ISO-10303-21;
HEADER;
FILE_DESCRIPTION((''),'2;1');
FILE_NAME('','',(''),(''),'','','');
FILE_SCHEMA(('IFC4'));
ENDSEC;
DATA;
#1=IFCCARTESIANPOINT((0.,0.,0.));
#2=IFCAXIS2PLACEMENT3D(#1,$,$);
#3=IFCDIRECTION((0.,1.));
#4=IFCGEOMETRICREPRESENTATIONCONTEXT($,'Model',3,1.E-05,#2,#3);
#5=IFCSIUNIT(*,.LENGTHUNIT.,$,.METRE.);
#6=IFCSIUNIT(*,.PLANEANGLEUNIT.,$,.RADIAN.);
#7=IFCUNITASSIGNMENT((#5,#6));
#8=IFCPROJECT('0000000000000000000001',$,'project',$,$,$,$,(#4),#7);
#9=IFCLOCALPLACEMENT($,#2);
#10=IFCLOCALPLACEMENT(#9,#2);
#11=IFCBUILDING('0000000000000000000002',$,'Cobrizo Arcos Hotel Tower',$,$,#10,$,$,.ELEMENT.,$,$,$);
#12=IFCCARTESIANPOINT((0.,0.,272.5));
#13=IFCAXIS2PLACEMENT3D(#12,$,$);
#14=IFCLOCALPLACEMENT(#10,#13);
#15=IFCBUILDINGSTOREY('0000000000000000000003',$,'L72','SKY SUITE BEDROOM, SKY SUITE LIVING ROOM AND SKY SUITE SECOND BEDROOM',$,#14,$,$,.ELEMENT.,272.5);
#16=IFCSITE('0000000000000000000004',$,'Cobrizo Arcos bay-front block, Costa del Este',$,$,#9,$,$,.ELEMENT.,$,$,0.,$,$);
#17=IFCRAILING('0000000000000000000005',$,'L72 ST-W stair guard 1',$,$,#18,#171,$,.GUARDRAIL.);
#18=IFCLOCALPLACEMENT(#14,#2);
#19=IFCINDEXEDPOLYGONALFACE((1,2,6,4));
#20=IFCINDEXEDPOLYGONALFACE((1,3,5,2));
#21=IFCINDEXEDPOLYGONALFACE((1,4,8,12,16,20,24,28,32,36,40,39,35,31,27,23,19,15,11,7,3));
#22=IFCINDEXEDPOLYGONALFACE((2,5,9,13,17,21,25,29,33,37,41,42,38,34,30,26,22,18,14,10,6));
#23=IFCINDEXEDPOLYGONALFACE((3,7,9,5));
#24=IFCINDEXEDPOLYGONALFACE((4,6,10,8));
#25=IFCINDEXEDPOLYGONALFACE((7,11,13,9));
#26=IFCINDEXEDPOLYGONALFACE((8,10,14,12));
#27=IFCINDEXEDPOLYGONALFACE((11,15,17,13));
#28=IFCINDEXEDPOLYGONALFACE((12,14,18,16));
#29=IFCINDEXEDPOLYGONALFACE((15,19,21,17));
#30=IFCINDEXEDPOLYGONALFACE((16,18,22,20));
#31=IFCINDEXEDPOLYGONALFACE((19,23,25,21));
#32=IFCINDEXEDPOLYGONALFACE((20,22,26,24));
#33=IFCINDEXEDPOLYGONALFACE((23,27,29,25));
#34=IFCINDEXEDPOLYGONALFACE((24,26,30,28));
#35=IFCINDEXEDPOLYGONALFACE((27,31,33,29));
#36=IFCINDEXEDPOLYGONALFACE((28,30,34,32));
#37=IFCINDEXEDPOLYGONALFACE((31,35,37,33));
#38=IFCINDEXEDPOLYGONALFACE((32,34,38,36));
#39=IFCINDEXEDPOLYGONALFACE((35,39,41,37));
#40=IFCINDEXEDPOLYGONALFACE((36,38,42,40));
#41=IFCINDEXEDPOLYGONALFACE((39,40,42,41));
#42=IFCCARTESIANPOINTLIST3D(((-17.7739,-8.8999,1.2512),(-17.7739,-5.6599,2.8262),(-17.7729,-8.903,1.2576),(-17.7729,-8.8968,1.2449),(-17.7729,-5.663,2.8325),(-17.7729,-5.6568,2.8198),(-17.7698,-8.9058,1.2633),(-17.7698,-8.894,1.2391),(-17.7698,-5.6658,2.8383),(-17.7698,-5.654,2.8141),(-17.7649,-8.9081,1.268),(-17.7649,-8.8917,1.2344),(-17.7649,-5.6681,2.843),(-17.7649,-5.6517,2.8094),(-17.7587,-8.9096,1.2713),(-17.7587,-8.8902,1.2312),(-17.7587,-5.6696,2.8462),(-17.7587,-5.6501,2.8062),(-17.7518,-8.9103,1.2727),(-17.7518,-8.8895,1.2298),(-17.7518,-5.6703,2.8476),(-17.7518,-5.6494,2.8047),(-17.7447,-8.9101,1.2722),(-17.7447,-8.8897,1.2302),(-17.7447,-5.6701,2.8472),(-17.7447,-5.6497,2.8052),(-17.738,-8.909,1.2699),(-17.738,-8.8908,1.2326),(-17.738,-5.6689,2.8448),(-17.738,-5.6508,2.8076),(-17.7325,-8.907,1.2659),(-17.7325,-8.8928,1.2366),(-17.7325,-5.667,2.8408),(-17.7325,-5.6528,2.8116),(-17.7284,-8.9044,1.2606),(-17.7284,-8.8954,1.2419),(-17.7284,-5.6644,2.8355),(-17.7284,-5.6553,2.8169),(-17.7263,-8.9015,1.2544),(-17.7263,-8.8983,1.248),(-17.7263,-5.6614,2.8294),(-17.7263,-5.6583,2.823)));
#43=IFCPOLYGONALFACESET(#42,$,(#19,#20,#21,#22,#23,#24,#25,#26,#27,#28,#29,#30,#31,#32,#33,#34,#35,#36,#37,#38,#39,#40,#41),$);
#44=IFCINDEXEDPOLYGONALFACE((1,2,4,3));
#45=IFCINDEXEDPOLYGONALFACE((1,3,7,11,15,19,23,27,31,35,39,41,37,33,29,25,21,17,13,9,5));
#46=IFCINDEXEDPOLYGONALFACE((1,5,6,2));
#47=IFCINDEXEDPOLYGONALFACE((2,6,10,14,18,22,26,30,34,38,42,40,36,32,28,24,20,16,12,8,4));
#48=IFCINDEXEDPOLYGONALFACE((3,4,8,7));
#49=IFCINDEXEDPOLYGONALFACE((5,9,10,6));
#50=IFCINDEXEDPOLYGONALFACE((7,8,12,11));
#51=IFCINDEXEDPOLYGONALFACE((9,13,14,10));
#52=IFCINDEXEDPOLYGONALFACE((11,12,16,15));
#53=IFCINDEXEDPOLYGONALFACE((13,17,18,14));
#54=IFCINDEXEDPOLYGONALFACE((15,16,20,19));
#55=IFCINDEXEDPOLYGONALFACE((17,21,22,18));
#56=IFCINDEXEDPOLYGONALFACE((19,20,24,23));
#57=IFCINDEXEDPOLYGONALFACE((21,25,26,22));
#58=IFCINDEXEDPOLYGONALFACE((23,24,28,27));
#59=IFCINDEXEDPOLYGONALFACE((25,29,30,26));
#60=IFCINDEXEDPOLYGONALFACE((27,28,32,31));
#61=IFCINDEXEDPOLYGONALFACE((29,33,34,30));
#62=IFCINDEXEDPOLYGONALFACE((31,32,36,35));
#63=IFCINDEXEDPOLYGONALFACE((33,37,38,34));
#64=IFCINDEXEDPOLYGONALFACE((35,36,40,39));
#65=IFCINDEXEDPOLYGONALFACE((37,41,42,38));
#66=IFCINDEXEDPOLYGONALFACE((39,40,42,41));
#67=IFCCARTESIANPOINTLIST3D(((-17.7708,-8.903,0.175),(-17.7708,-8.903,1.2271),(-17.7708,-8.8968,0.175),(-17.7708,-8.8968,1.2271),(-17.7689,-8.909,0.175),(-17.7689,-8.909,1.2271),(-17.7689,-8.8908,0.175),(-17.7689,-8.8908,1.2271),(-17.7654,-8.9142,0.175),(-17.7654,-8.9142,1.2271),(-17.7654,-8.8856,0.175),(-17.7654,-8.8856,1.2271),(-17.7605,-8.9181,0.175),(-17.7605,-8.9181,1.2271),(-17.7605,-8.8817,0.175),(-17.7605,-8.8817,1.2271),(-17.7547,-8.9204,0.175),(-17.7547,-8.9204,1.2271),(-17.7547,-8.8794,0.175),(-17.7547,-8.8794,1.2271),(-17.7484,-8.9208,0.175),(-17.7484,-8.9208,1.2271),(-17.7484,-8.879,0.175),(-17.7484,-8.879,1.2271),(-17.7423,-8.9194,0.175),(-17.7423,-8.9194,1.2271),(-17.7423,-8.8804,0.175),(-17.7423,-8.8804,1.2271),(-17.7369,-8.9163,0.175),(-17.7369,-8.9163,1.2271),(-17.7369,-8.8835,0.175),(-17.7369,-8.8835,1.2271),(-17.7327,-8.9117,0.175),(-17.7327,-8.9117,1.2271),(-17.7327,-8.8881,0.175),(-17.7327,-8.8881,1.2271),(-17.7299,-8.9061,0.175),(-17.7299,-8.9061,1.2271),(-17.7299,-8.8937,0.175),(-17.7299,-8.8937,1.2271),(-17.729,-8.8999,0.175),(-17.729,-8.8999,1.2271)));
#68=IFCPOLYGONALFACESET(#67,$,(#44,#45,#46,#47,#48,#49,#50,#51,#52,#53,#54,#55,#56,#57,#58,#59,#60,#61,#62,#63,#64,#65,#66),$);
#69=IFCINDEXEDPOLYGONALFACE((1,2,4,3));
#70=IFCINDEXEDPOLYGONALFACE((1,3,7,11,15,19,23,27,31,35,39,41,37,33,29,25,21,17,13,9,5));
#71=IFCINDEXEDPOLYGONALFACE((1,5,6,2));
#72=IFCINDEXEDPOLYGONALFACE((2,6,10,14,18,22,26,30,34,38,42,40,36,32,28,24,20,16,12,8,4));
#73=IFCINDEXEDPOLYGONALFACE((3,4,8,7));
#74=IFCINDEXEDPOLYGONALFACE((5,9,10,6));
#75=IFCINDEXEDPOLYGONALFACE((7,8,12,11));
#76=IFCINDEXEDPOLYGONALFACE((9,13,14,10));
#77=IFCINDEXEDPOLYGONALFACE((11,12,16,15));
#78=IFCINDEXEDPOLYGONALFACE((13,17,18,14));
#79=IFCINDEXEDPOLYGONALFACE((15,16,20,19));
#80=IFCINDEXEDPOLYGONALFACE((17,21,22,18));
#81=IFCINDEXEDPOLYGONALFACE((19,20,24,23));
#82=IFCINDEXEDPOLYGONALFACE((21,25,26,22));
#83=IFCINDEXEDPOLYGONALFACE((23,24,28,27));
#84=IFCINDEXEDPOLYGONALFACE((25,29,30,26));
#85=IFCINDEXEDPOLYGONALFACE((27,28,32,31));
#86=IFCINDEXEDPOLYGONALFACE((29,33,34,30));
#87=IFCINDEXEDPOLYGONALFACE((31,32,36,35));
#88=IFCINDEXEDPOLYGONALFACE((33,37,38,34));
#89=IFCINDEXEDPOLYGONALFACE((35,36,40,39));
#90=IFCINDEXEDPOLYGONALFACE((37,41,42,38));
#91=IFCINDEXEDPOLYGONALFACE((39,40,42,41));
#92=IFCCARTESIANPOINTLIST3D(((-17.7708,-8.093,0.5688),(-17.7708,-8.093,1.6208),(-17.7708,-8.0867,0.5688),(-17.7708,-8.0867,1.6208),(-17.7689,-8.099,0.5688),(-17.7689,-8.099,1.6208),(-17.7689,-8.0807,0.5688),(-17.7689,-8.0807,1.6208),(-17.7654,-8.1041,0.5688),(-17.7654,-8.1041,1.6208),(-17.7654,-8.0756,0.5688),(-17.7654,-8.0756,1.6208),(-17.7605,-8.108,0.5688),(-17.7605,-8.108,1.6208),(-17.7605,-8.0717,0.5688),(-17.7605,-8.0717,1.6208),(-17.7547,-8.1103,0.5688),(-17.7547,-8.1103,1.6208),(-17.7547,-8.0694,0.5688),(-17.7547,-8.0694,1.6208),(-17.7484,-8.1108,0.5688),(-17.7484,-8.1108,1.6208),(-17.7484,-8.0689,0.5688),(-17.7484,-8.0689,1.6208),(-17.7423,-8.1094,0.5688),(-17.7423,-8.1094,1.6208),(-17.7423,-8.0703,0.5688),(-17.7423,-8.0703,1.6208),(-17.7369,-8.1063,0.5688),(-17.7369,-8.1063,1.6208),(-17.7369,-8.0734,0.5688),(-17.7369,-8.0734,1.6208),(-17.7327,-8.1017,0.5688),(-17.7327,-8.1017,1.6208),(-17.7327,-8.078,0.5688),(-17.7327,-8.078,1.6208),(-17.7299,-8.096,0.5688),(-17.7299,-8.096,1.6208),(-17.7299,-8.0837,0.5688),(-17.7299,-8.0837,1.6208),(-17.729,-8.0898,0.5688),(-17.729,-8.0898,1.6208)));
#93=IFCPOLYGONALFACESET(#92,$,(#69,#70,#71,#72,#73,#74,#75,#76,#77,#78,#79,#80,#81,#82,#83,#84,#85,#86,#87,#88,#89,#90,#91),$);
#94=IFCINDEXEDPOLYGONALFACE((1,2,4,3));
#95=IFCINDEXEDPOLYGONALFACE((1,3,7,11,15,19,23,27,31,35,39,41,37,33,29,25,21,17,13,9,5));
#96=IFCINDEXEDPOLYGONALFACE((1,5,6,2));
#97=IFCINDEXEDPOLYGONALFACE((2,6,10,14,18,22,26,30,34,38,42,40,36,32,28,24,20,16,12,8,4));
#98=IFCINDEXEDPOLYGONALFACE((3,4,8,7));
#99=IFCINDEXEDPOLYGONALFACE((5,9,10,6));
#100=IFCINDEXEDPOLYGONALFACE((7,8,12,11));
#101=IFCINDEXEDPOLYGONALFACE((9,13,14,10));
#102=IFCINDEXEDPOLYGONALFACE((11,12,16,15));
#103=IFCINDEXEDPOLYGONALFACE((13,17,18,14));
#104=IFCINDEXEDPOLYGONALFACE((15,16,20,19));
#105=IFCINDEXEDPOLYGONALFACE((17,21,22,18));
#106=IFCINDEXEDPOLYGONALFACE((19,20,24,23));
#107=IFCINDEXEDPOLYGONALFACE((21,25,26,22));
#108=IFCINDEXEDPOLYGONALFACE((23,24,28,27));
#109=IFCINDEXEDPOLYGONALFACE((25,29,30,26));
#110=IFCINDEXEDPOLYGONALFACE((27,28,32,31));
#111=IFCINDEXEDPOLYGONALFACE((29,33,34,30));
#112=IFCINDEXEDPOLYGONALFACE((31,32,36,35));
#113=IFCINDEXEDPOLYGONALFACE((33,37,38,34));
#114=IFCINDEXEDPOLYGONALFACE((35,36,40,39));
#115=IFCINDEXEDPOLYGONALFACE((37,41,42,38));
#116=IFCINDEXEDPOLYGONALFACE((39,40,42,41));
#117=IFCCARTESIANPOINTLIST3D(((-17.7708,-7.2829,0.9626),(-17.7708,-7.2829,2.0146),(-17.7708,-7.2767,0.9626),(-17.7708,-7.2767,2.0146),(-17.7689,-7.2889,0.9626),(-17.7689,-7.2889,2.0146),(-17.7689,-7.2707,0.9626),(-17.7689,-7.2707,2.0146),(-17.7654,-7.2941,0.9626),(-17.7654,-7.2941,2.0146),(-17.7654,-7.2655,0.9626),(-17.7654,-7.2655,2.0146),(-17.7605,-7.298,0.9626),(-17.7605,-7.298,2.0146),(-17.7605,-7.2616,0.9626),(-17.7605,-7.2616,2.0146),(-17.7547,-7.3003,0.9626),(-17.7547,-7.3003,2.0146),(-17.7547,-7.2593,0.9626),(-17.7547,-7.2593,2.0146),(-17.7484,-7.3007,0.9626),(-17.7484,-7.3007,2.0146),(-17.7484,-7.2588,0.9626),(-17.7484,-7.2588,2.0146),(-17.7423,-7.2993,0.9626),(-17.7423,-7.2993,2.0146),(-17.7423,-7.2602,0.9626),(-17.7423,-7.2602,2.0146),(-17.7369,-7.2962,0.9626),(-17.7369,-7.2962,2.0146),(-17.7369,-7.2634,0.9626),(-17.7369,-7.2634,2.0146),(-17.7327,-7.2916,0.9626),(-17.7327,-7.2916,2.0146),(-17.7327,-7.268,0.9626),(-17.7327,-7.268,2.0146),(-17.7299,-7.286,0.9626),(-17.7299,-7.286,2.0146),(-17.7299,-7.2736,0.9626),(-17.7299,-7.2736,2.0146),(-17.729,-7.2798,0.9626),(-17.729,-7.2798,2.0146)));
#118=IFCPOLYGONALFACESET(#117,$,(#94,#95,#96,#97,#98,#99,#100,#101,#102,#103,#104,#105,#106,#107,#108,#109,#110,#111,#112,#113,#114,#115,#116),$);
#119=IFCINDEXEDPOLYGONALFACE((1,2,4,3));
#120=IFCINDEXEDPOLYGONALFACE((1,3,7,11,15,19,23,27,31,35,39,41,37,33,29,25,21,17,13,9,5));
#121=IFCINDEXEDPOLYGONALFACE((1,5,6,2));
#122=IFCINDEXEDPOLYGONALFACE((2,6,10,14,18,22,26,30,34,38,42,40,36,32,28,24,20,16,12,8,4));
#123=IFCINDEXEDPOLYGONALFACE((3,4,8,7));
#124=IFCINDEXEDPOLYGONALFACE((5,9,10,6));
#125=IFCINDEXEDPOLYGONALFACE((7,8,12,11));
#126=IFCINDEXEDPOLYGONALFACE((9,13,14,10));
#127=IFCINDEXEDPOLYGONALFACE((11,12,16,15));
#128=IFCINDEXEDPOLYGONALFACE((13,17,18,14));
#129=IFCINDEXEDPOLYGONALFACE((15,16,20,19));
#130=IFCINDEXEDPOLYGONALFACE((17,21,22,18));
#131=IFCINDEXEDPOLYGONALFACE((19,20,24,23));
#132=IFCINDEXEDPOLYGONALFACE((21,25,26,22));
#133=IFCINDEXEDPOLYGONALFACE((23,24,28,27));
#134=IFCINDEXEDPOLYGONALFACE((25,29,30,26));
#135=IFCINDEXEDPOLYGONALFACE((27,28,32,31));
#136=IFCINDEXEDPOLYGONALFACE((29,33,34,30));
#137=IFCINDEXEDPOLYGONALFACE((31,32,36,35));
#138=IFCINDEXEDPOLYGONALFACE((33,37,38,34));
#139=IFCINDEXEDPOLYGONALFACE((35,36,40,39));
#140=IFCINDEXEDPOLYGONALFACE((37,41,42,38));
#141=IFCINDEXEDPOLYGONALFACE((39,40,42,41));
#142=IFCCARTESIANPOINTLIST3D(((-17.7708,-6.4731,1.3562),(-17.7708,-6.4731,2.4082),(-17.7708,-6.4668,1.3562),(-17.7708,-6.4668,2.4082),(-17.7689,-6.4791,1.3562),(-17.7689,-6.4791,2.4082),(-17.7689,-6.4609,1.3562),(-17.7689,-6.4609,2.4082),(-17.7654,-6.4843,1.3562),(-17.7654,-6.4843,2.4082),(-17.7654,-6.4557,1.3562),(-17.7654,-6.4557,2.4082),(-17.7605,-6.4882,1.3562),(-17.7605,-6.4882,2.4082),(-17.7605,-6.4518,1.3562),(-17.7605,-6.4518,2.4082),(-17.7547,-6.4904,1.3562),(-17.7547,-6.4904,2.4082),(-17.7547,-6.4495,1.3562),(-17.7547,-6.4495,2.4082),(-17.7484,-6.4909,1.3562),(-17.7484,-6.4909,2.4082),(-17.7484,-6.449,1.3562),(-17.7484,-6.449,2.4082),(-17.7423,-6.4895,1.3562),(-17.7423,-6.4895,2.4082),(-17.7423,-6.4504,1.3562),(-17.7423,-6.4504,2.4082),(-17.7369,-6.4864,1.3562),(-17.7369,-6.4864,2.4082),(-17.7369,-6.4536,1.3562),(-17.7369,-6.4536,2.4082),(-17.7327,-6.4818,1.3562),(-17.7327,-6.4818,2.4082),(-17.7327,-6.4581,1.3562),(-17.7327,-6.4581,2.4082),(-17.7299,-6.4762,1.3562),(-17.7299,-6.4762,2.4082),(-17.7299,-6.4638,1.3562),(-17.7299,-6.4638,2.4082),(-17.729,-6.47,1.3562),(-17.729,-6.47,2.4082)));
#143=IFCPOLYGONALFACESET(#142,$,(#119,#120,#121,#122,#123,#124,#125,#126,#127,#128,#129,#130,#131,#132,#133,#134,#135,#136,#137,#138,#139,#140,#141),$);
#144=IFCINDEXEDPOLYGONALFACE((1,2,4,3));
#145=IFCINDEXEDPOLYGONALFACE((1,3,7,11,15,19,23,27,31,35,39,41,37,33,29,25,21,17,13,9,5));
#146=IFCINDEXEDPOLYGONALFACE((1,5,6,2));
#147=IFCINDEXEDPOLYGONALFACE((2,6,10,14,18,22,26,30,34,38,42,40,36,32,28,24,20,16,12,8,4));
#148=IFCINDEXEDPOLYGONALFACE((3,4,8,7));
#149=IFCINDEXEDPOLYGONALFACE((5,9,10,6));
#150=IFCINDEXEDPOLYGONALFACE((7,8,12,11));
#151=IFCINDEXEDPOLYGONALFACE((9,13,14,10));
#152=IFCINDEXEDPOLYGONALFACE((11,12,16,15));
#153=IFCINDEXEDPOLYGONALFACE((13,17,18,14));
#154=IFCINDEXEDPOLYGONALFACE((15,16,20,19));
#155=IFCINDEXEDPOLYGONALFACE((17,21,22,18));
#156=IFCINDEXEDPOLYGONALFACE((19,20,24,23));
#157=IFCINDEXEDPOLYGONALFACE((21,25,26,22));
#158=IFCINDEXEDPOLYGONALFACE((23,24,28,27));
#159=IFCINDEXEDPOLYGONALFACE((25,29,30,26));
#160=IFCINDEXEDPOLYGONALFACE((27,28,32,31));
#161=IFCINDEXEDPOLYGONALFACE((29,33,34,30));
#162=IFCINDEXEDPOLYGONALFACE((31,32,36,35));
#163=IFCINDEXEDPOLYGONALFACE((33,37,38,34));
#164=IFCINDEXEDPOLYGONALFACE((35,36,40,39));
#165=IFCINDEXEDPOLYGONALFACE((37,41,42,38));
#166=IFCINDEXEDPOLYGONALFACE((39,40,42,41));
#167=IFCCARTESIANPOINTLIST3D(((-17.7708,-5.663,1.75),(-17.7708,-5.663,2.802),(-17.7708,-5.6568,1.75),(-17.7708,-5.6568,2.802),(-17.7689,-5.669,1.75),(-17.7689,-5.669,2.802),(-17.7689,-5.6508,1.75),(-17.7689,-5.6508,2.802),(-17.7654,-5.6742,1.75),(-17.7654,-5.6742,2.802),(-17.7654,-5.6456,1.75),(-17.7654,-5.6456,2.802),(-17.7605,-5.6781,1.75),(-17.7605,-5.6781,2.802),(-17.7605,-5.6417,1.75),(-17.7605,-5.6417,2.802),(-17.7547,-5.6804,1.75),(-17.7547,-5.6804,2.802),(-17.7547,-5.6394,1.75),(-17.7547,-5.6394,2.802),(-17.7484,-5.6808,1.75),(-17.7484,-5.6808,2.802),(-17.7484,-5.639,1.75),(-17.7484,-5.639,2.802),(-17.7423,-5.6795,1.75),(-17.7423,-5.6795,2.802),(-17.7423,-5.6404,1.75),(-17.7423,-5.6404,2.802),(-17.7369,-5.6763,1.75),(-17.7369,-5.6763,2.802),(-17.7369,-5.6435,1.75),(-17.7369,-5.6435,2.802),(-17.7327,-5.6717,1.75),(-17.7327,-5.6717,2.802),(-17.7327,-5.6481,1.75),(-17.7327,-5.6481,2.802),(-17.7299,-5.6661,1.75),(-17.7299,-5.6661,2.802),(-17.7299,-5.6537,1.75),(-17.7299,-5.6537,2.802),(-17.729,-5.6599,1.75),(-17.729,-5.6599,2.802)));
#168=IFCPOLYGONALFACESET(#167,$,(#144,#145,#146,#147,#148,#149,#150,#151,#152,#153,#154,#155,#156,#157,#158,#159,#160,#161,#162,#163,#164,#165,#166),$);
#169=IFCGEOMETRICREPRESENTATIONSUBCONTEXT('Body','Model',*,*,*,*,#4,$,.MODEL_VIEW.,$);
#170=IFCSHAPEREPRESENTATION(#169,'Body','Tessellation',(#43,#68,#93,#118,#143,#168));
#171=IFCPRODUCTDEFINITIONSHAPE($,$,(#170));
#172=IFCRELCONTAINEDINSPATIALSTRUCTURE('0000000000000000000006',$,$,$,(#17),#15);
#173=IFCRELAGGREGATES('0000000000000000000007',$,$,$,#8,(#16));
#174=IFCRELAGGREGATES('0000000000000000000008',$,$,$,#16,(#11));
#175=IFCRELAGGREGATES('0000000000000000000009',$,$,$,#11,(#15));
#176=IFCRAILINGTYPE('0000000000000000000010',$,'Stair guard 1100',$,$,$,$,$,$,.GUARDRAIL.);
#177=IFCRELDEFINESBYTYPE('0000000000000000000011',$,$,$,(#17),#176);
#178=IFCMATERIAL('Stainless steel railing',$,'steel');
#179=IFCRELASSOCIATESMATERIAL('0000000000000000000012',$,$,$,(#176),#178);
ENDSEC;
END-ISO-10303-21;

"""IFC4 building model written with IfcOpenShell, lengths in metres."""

from ifc_helpers import new_model, si_unit, direction, frame, origin, origin_2d, place, context, subcontext, project, spatial, circle, extrude, material, type_object, element, save


model = new_model("IFC4")

# Units and contexts
model_context = context("Model", 3, precision=1e-05, world=origin(), true_north=direction((0.0, 1.0)))
body_context = subcontext(model_context, "Body", "Model", "MODEL_VIEW")
ifc_project = project(units=[si_unit("LENGTHUNIT", "METRE"), si_unit("PLANEANGLEUNIT", "RADIAN")], contexts=[model_context])

# Site, building, storey
site_placement = place(None, origin())
site = spatial("IfcSite", under=ifc_project, at=site_placement, Name="Cobrizo Arcos bay-front block, Costa del Este", CompositionType="ELEMENT", RefElevation=0.0)
building_placement = place(site_placement, origin())
building = spatial("IfcBuilding", under=site, at=building_placement, Name="Cobrizo Arcos Hotel Tower", CompositionType="ELEMENT")
storey_placement = place(building_placement, frame((0.0, 0.0, 272.5)))
storey = spatial("IfcBuildingStorey", under=building, at=storey_placement, Name="L72", Description="SKY SUITE BEDROOM, SKY SUITE LIVING ROOM AND SKY SUITE SECOND BEDROOM", CompositionType="ELEMENT", Elevation=272.5)

# Railing
ifc_material_1 = material(Name="Stainless steel railing", Category="steel")
railing_type_1 = type_object("IfcRailingType", Name="Stair guard 1100", PredefinedType="GUARDRAIL", material=ifc_material_1)
railing_1_placement = place(storey_placement, frame((-17.75, -8.8999, 0.175)))
element("IfcRailing", 1, at=railing_1_placement, inside=storey, type_object=railing_type_1, Name="L72 ST-W stair guard 1", PredefinedType="GUARDRAIL", context=body_context, shape_type="SweptSolid", body=[
    extrude(circle(Radius=0.0239, at=origin_2d()), frame((0.0, 0.0, 1.0762), z_axis=(0.0, 0.899373, 0.437183), x_axis=(-1.0, 0.0, 0.0)), (0.0, 0.0, 1.0), 3.6025),
    extrude(circle(Radius=0.021, at=origin_2d()), origin(), (0.0, 0.0, 1.0), 1.052),
    extrude(circle(Radius=0.021, at=origin_2d()), frame((0.0, 0.8101, 0.3938)), (0.0, 0.0, 1.0), 1.052),
    extrude(circle(Radius=0.021, at=origin_2d()), frame((0.0, 1.6201, 0.7876)), (0.0, 0.0, 1.0), 1.052),
    extrude(circle(Radius=0.021, at=origin_2d()), frame((0.0, 2.4299, 1.1812)), (0.0, 0.0, 1.0), 1.052),
    extrude(circle(Radius=0.021, at=origin_2d()), frame((0.0, 3.24, 1.575)), (0.0, 0.0, 1.0), 1.052),
])

save(model, "model.ifc")
